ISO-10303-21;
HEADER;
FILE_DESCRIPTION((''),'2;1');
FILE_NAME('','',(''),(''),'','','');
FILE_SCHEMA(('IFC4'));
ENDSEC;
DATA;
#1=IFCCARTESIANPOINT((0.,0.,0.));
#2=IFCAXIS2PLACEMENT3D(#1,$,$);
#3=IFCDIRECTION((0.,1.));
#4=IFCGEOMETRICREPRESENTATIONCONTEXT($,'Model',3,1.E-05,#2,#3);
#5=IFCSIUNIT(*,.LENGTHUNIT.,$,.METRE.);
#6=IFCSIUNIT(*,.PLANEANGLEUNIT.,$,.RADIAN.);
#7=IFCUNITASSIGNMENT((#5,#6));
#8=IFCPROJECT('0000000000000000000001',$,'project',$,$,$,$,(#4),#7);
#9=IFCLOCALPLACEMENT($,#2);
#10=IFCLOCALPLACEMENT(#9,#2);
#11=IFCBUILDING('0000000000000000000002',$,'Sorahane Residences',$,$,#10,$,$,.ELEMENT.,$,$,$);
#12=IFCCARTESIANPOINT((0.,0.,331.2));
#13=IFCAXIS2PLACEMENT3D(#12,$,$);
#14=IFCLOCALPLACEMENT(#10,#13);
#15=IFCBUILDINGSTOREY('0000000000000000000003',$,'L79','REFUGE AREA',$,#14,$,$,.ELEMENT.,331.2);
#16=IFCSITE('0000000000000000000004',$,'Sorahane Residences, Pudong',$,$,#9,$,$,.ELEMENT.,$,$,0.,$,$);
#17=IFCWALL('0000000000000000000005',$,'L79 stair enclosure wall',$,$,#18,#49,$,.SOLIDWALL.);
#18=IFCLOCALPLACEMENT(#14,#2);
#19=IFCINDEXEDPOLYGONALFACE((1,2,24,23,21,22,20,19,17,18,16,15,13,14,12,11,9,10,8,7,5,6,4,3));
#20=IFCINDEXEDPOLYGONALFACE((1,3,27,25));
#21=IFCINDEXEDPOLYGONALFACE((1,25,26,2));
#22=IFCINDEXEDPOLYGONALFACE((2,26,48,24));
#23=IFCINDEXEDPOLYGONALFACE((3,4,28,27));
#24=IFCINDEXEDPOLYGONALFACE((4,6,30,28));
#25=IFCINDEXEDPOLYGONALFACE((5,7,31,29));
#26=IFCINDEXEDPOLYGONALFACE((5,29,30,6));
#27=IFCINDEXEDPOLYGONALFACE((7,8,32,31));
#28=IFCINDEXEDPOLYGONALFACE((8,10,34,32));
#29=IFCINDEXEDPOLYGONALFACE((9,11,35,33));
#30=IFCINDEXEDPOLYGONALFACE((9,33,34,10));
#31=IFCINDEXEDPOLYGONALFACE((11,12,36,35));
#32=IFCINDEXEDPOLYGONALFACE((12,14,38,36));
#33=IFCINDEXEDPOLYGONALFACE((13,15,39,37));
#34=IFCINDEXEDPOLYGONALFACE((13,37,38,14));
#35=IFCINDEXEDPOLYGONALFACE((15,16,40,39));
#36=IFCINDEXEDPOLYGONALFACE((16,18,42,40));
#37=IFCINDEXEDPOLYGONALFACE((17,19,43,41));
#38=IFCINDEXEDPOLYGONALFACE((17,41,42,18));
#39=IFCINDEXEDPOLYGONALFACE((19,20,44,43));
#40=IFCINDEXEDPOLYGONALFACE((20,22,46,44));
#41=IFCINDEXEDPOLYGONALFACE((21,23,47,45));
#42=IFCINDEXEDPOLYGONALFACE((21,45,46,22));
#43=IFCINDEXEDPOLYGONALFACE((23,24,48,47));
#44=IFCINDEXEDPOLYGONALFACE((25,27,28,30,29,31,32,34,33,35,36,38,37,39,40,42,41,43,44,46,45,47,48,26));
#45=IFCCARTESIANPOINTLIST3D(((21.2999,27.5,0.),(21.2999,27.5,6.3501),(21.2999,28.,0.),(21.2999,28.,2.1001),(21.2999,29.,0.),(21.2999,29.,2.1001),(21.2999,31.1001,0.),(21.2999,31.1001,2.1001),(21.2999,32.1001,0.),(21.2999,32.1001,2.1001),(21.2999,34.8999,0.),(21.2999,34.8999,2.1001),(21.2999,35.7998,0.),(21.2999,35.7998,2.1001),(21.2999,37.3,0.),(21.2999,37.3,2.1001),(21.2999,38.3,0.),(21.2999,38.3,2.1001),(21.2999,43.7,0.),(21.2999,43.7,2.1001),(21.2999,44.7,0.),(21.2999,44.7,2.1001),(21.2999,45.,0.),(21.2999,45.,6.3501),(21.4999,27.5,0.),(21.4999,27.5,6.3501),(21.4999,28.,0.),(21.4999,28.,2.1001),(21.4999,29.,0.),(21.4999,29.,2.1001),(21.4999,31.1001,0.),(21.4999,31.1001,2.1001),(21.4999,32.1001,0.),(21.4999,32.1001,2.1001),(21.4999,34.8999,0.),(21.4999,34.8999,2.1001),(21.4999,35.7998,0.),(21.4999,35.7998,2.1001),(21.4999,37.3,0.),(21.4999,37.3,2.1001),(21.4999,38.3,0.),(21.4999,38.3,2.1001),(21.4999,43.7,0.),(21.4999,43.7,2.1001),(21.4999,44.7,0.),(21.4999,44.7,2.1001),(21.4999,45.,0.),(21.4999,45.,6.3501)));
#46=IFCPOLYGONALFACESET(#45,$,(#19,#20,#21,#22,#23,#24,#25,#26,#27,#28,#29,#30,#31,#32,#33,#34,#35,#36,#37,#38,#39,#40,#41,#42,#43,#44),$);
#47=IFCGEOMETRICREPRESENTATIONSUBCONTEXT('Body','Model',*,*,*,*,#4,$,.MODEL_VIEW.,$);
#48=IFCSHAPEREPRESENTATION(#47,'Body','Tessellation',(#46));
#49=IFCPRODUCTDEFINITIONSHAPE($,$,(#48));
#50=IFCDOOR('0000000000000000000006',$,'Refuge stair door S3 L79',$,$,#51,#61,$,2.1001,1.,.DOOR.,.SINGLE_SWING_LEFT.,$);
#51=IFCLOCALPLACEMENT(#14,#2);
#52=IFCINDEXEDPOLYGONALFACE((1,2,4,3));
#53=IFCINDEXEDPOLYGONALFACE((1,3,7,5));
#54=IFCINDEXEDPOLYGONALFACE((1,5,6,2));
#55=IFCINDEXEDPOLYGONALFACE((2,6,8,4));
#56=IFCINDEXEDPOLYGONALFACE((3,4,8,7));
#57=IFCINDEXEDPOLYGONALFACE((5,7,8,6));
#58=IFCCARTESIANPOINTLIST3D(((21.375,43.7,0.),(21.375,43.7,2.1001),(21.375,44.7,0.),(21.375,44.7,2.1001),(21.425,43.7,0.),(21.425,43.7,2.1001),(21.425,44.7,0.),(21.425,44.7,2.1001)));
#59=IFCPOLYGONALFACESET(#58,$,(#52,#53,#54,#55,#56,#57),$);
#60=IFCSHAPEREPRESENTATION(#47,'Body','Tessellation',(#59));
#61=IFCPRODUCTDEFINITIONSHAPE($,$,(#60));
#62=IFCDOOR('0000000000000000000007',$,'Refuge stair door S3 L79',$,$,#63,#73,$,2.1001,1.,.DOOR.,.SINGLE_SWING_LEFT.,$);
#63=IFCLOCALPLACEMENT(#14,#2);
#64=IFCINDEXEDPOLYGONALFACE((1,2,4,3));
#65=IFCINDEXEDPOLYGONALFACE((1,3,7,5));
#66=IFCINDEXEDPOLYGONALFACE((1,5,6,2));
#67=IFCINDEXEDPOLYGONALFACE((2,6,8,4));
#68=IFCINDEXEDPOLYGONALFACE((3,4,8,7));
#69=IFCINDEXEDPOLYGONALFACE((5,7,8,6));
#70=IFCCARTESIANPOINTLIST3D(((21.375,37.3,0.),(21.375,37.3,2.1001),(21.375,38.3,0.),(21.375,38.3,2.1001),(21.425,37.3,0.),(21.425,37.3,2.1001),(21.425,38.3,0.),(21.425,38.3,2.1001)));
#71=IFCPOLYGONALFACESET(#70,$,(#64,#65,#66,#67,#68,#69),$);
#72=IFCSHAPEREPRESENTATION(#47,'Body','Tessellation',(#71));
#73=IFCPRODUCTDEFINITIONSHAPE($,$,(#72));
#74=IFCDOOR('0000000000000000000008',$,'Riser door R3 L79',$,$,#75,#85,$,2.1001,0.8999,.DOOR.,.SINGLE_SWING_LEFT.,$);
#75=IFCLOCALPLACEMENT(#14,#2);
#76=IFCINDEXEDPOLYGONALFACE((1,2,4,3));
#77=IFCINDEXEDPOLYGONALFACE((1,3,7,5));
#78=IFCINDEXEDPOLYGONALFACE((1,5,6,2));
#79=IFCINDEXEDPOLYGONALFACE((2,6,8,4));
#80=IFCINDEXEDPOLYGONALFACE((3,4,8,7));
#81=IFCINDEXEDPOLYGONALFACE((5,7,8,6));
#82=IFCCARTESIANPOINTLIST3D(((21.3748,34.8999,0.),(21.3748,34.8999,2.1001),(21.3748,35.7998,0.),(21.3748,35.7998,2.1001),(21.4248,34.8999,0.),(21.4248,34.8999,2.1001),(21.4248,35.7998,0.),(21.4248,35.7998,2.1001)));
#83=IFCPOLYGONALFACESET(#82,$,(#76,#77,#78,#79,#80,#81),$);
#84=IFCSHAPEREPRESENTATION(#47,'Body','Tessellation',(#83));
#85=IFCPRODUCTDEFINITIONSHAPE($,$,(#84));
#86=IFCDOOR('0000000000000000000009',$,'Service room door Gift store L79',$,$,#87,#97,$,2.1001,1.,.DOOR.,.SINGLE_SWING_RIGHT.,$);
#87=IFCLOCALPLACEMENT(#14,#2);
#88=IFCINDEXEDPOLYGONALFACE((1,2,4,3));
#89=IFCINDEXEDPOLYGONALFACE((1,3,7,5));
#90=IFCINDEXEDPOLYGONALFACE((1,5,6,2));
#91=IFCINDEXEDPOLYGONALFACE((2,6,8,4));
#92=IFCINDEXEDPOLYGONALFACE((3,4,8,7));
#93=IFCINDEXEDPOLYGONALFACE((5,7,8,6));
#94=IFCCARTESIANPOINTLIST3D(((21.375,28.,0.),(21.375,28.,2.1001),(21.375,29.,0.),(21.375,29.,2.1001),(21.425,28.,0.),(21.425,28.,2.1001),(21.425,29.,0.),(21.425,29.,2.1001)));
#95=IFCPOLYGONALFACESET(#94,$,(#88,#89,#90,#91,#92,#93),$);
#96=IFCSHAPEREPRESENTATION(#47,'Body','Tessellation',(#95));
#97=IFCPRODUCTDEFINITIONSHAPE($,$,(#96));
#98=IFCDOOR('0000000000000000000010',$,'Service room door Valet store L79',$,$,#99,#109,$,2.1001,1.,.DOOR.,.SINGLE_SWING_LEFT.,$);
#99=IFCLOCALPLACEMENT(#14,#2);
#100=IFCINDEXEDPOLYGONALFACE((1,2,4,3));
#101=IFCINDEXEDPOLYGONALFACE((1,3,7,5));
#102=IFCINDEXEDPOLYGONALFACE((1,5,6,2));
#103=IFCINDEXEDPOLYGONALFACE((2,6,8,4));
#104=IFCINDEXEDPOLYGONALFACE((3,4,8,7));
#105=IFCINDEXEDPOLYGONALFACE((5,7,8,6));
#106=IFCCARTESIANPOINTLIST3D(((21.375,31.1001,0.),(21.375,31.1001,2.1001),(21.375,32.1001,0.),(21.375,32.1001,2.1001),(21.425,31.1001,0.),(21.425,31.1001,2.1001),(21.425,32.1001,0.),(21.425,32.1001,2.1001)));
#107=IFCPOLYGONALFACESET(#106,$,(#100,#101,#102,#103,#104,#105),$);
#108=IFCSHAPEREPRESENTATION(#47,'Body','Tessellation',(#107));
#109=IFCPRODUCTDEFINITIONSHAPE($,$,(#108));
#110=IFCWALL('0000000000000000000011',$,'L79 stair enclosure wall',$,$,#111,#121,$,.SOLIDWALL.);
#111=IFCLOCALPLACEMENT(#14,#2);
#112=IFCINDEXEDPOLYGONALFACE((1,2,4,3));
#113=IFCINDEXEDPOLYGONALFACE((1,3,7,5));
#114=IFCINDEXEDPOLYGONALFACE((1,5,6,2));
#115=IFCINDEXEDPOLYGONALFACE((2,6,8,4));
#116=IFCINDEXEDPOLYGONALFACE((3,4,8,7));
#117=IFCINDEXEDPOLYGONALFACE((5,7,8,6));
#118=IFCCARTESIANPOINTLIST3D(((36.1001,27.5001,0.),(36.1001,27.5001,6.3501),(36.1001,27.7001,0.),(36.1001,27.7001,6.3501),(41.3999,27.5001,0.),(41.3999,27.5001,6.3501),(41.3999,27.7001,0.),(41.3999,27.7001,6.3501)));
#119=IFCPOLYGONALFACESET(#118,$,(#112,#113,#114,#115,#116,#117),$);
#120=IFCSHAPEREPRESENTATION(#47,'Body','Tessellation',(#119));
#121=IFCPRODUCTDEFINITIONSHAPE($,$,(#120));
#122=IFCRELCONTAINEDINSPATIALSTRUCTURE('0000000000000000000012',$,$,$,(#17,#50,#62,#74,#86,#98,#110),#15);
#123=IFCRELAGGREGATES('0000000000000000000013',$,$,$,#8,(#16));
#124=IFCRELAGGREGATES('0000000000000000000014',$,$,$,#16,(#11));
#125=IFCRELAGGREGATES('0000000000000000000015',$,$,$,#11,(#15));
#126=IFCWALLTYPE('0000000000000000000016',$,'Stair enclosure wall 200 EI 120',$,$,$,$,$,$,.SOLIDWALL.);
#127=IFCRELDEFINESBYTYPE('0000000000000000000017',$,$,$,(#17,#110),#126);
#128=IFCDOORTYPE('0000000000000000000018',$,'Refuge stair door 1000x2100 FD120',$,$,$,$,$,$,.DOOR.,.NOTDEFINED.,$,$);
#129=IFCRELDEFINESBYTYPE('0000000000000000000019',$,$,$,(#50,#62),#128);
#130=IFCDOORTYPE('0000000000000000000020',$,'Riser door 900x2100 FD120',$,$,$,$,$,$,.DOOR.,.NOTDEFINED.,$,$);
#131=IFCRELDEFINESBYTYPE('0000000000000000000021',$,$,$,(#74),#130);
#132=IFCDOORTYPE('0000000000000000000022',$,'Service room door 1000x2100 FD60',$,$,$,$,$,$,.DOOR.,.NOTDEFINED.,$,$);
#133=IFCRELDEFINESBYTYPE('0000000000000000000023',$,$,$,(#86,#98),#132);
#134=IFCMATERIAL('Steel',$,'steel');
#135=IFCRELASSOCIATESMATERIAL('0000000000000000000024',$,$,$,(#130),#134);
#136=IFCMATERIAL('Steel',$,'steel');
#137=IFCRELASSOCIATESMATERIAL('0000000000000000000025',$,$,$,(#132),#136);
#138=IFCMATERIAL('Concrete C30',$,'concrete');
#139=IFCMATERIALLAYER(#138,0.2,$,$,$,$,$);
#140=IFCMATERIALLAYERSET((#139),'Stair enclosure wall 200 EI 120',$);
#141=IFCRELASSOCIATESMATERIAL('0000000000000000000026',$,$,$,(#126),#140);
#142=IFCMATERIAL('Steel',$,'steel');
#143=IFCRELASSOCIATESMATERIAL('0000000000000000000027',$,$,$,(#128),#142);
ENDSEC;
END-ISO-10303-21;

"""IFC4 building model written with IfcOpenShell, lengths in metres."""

from ifc_helpers import new_model, si_unit, direction, frame, frame_2d, origin, place, context, subcontext, project, spatial, rectangle, extrude, material, layer, layer_set, type_object, element, fill, save


model = new_model("IFC4")

# Units and contexts
model_context = context("Model", 3, precision=1e-05, world=origin(), true_north=direction((0.0, 1.0)))
body_context = subcontext(model_context, "Body", "Model", "MODEL_VIEW")
ifc_project = project(units=[si_unit("LENGTHUNIT", "METRE"), si_unit("PLANEANGLEUNIT", "RADIAN")], contexts=[model_context])

# Site, building, storey
site_placement = place(None, origin())
site = spatial("IfcSite", under=ifc_project, at=site_placement, Name="Sorahane Residences, Pudong", CompositionType="ELEMENT", RefElevation=0.0)
building_placement = place(site_placement, origin())
building = spatial("IfcBuilding", under=site, at=building_placement, Name="Sorahane Residences", CompositionType="ELEMENT")
storey_placement = place(building_placement, frame((0.0, 0.0, 331.2)))
storey = spatial("IfcBuildingStorey", under=building, at=storey_placement, Name="L79", Description="REFUGE AREA", CompositionType="ELEMENT", Elevation=331.2)

# Shared definitions
ifc_material_1 = material(Name="Steel", Category="steel")
door_type_1 = type_object("IfcDoorType", Name="Riser door 900x2100 FD120", OperationType="NOTDEFINED", PredefinedType="DOOR", material=ifc_material_1)

# Shared definitions
ifc_material_2 = material(Name="Steel", Category="steel")
door_type_2 = type_object("IfcDoorType", Name="Service room door 1000x2100 FD60", OperationType="NOTDEFINED", PredefinedType="DOOR", material=ifc_material_2)

# Wall, openings, doors
ifc_material_3 = material(Name="Concrete C30", Category="concrete")
ifc_layer_1 = layer(ifc_material_3, 0.2)
ifc_layer_set_1 = layer_set([ifc_layer_1], Name="Stair enclosure wall 200 EI 120")
wall_type_1 = type_object("IfcWallType", Name="Stair enclosure wall 200 EI 120", PredefinedType="SOLIDWALL", material=ifc_layer_set_1)
wall_1_placement = place(storey_placement, frame((21.3999, 27.5, 0.0), z_axis=(0.0, 0.0, 1.0), x_axis=(0.0, 1.0, 0.0)))
wall_1 = element("IfcWall", 1, at=wall_1_placement, inside=storey, type_object=wall_type_1, Name="L79 stair enclosure wall", PredefinedType="SOLIDWALL", context=body_context, shape_type="SweptSolid", body=[
    extrude(rectangle(XDim=17.5, YDim=0.2, at=frame_2d((8.75, 0.0))), origin(), (0.0, 0.0, 1.0), 6.3501),
])
opening_1_placement = place(wall_1_placement, frame((0.5, 0.0, 0.0)))
opening_1 = element("IfcOpeningElement", 2, at=opening_1_placement, cuts=wall_1, PredefinedType="OPENING", context=body_context, shape_type="SweptSolid", body=[
    extrude(rectangle(XDim=1.0, YDim=2.1001, at=frame_2d((0.5, 1.05))), frame((0.0, 0.1099, 0.0), z_axis=(0.0, -1.0, 0.0), x_axis=(1.0, 0.0, 0.0)), (0.0, 0.0, 1.0), 0.22),
])
opening_2_placement = place(wall_1_placement, frame((3.6001, 0.0, 0.0)))
opening_2 = element("IfcOpeningElement", 3, at=opening_2_placement, cuts=wall_1, PredefinedType="OPENING", context=body_context, shape_type="SweptSolid", body=[
    extrude(rectangle(XDim=1.0, YDim=2.1001, at=frame_2d((0.5, 1.05))), frame((0.0, 0.1099, 0.0), z_axis=(0.0, -1.0, 0.0), x_axis=(1.0, 0.0, 0.0)), (0.0, 0.0, 1.0), 0.22),
])
opening_3_placement = place(wall_1_placement, frame((16.2, 0.0, 0.0)))
opening_3 = element("IfcOpeningElement", 4, at=opening_3_placement, cuts=wall_1, PredefinedType="OPENING", context=body_context, shape_type="SweptSolid", body=[
    extrude(rectangle(XDim=1.0, YDim=2.1001, at=frame_2d((0.5, 1.05))), frame((0.0, 0.1099, 0.0), z_axis=(0.0, -1.0, 0.0), x_axis=(1.0, 0.0, 0.0)), (0.0, 0.0, 1.0), 0.22),
])
opening_4_placement = place(wall_1_placement, frame((9.8, 0.0, 0.0)))
opening_4 = element("IfcOpeningElement", 5, at=opening_4_placement, cuts=wall_1, PredefinedType="OPENING", context=body_context, shape_type="SweptSolid", body=[
    extrude(rectangle(XDim=1.0, YDim=2.1001, at=frame_2d((0.5, 1.05))), frame((0.0, 0.1099, 0.0), z_axis=(0.0, -1.0, 0.0), x_axis=(1.0, 0.0, 0.0)), (0.0, 0.0, 1.0), 0.22),
])
opening_5_placement = place(wall_1_placement, frame((7.3999, 0.0, 0.0)))
opening_5 = element("IfcOpeningElement", 6, at=opening_5_placement, cuts=wall_1, PredefinedType="OPENING", context=body_context, shape_type="SweptSolid", body=[
    extrude(rectangle(XDim=0.8999, YDim=2.1001, at=frame_2d((0.45, 1.05))), frame((0.0, 0.1099, 0.0), z_axis=(0.0, -1.0, 0.0), x_axis=(1.0, 0.0, 0.0)), (0.0, 0.0, 1.0), 0.22),
])
ifc_material_4 = material(Name="Steel", Category="steel")
door_type_3 = type_object("IfcDoorType", Name="Refuge stair door 1000x2100 FD120", OperationType="NOTDEFINED", PredefinedType="DOOR", material=ifc_material_4)
door_1_placement = place(opening_3_placement, origin())
door_1 = element("IfcDoor", 7, at=door_1_placement, inside=storey, type_object=door_type_3, Name="Refuge stair door S3 L79", OperationType="SINGLE_SWING_LEFT", OverallHeight=2.1001, OverallWidth=1.0, PredefinedType="DOOR", context=body_context, shape_type="SweptSolid", body=[
    extrude(rectangle(XDim=1.0, YDim=2.1001, at=frame_2d((0.5, 1.05))), frame((0.0, 0.0249, 0.0), z_axis=(0.0, -1.0, 0.0), x_axis=(1.0, 0.0, 0.0)), (0.0, 0.0, 1.0), 0.05),
])
fill(opening_3, door_1)
door_2_placement = place(opening_4_placement, origin())
door_2 = element("IfcDoor", 8, at=door_2_placement, inside=storey, type_object=door_type_3, Name="Refuge stair door S3 L79", OperationType="SINGLE_SWING_LEFT", OverallHeight=2.1001, OverallWidth=1.0, PredefinedType="DOOR", context=body_context, shape_type="SweptSolid", body=[
    extrude(rectangle(XDim=1.0, YDim=2.1001, at=frame_2d((0.5, 1.05))), frame((0.0, 0.0249, 0.0), z_axis=(0.0, -1.0, 0.0), x_axis=(1.0, 0.0, 0.0)), (0.0, 0.0, 1.0), 0.05),
])
fill(opening_4, door_2)
door_3_placement = place(opening_5_placement, frame((0.8999, 0.0, 0.0), z_axis=(0.0, 0.0, 1.0), x_axis=(-1.0, 0.0, 0.0)))
door_3 = element("IfcDoor", 9, at=door_3_placement, inside=storey, type_object=door_type_1, Name="Riser door R3 L79", OperationType="SINGLE_SWING_LEFT", OverallHeight=2.1001, OverallWidth=0.8999, PredefinedType="DOOR", context=body_context, shape_type="SweptSolid", body=[
    extrude(rectangle(XDim=0.8999, YDim=2.1001, at=frame_2d((0.45, 1.05))), frame((0.0, 0.0249, 0.0), z_axis=(0.0, -1.0, 0.0), x_axis=(1.0, 0.0, 0.0)), (0.0, 0.0, 1.0), 0.05),
])
fill(opening_5, door_3)
door_4_placement = place(opening_1_placement, origin())
door_4 = element("IfcDoor", 10, at=door_4_placement, inside=storey, type_object=door_type_2, Name="Service room door Gift store L79", OperationType="SINGLE_SWING_RIGHT", OverallHeight=2.1001, OverallWidth=1.0, PredefinedType="DOOR", context=body_context, shape_type="SweptSolid", body=[
    extrude(rectangle(XDim=1.0, YDim=2.1001, at=frame_2d((0.5, 1.05))), frame((0.0, 0.0249, 0.0), z_axis=(0.0, -1.0, 0.0), x_axis=(1.0, 0.0, 0.0)), (0.0, 0.0, 1.0), 0.05),
])
fill(opening_1, door_4)
door_5_placement = place(opening_2_placement, origin())
door_5 = element("IfcDoor", 11, at=door_5_placement, inside=storey, type_object=door_type_2, Name="Service room door Valet store L79", OperationType="SINGLE_SWING_LEFT", OverallHeight=2.1001, OverallWidth=1.0, PredefinedType="DOOR", context=body_context, shape_type="SweptSolid", body=[
    extrude(rectangle(XDim=1.0, YDim=2.1001, at=frame_2d((0.5, 1.05))), frame((0.0, 0.0249, 0.0), z_axis=(0.0, -1.0, 0.0), x_axis=(1.0, 0.0, 0.0)), (0.0, 0.0, 1.0), 0.05),
])
fill(opening_2, door_5)

# Wall
wall_2_placement = place(storey_placement, frame((36.1001, 27.6001, 0.0), z_axis=(0.0, 0.0, 1.0), x_axis=(1.0, 0.0, 0.0)))
element("IfcWall", 12, at=wall_2_placement, inside=storey, type_object=wall_type_1, Name="L79 stair enclosure wall", PredefinedType="SOLIDWALL", context=body_context, shape_type="SweptSolid", body=[
    extrude(rectangle(XDim=5.2998, YDim=0.2, at=frame_2d((2.6499, 0.0))), origin(), (0.0, 0.0, 1.0), 6.3501),
])

save(model, "model.ifc")
